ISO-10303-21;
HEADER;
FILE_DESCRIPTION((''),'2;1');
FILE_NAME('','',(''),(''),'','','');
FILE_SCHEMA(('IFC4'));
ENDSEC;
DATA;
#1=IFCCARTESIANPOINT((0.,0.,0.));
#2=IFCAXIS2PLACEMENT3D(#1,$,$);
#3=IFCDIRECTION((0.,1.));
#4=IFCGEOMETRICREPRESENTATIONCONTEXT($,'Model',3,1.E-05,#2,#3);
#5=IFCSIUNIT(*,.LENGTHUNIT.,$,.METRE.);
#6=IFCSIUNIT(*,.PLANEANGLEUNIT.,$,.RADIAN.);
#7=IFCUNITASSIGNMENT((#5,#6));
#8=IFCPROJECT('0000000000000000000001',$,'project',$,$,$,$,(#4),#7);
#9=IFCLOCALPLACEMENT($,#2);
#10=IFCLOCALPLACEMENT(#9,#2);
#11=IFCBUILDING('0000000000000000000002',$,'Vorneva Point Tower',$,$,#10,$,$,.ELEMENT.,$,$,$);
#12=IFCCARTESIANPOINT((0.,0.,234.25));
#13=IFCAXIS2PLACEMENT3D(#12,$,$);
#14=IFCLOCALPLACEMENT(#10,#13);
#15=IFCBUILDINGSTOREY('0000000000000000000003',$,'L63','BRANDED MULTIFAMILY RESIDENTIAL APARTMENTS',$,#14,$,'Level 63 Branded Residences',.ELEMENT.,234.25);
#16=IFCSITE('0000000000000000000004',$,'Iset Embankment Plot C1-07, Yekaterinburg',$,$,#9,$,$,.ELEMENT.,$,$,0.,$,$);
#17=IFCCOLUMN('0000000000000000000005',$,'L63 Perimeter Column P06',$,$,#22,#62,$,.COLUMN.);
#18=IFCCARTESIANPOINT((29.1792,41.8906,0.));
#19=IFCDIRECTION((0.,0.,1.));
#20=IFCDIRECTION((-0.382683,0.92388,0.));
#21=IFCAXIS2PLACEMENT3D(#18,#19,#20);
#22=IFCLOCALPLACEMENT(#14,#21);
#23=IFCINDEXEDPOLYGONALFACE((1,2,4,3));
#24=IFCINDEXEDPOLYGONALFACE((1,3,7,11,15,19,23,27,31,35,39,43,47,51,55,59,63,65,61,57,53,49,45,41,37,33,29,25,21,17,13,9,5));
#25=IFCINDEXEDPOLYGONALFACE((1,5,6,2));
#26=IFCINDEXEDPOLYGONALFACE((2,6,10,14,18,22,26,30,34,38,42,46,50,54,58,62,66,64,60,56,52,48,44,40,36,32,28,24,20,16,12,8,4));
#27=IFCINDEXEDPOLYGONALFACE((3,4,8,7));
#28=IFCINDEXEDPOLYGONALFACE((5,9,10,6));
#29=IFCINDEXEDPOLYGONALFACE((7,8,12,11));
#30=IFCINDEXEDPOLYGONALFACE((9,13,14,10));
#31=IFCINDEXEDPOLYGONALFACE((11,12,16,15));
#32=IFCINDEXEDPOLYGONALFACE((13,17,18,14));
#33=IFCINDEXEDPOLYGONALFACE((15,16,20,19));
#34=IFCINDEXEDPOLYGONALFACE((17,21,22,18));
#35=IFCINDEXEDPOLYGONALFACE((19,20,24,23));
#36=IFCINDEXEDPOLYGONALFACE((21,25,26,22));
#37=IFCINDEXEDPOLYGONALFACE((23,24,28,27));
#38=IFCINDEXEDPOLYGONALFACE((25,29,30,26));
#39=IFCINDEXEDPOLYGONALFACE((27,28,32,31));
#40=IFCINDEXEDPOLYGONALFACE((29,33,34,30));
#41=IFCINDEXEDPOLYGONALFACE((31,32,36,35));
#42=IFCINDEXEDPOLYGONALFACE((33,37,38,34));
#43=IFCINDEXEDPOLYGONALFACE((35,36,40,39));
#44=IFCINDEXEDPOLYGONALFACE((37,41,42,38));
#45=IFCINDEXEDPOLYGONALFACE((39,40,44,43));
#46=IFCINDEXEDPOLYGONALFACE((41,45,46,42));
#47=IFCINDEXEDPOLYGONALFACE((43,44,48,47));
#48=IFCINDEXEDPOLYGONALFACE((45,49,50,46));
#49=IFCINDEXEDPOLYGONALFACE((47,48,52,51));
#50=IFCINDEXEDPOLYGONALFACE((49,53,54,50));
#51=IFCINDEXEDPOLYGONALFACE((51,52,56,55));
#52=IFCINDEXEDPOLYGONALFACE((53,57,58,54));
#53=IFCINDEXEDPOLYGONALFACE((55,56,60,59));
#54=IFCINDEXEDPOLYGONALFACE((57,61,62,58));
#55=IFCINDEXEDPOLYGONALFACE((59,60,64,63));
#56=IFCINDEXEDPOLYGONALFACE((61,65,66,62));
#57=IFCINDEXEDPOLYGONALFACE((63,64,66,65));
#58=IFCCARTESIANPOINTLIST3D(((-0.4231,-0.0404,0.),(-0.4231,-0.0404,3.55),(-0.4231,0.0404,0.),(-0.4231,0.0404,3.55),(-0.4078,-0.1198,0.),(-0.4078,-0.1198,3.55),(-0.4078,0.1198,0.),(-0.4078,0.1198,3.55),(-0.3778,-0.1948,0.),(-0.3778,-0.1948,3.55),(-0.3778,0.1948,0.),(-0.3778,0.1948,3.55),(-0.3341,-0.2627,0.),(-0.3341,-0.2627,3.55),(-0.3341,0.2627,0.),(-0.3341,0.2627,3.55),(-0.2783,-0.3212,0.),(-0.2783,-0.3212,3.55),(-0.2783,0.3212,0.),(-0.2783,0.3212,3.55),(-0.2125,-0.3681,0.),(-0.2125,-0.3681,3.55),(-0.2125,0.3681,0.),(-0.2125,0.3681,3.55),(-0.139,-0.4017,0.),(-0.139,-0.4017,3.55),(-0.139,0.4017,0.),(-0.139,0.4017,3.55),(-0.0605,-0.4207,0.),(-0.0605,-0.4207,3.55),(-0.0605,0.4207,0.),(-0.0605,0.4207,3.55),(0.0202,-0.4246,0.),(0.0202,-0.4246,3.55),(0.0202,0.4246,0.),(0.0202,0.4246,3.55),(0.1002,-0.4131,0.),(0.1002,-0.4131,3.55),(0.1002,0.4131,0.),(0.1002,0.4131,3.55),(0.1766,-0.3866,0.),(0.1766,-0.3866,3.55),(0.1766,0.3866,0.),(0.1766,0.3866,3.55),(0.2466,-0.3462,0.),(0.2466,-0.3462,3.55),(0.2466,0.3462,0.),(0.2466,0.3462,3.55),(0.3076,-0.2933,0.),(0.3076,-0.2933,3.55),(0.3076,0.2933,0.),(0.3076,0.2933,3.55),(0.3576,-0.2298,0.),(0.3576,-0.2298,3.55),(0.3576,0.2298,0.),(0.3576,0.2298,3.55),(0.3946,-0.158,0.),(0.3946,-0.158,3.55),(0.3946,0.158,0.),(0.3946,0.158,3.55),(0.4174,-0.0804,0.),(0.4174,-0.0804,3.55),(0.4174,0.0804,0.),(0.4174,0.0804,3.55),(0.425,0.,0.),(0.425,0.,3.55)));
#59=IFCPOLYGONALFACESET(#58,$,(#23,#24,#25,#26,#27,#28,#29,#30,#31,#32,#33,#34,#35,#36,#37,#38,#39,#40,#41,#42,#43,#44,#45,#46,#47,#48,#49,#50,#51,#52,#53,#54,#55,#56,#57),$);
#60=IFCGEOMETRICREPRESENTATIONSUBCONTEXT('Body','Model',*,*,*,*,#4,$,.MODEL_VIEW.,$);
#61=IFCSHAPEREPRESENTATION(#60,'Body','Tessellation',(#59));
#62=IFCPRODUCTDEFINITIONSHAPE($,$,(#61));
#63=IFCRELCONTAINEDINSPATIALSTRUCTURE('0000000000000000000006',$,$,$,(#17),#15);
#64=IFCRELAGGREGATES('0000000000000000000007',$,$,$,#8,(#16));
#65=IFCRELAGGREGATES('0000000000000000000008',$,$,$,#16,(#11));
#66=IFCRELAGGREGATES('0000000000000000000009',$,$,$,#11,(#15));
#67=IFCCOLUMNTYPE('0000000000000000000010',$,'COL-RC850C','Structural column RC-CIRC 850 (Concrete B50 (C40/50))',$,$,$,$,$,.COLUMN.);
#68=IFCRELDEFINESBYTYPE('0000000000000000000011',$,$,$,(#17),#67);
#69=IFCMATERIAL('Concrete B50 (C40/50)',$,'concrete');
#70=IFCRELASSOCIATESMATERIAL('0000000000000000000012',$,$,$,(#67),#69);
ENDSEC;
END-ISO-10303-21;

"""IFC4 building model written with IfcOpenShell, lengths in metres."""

from ifc_helpers import new_model, si_unit, direction, frame, origin, origin_2d, place, context, subcontext, project, spatial, circle, extrude, material, material_profile, profile_set, type_object, element, save


model = new_model("IFC4")

# Units and contexts
model_context = context("Model", 3, precision=1e-05, world=origin(), true_north=direction((0.0, 1.0)))
body_context = subcontext(model_context, "Body", "Model", "MODEL_VIEW")
ifc_project = project(units=[si_unit("LENGTHUNIT", "METRE"), si_unit("PLANEANGLEUNIT", "RADIAN")], contexts=[model_context])

# Site, building, storey
site_placement = place(None, origin())
site = spatial("IfcSite", under=ifc_project, at=site_placement, Name="Iset Embankment Plot C1-07, Yekaterinburg", CompositionType="ELEMENT", RefElevation=0.0)
building_placement = place(site_placement, origin())
building = spatial("IfcBuilding", under=site, at=building_placement, Name="Vorneva Point Tower", CompositionType="ELEMENT")
storey_placement = place(building_placement, frame((0.0, 0.0, 234.25)))
storey = spatial("IfcBuildingStorey", under=building, at=storey_placement, Name="L63", Description="BRANDED MULTIFAMILY RESIDENTIAL APARTMENTS", LongName="Level 63 Branded Residences", CompositionType="ELEMENT", Elevation=234.25)

# Column
ifc_material_1 = material(Name="Concrete B50 (C40/50)", Category="concrete")
ifc_material_profile_1 = material_profile(ifc_material_1, circle(Radius=0.425, at=origin_2d()), Name="RC-CIRC 850")
ifc_profile_set_1 = profile_set([ifc_material_profile_1], Name="Concrete B50 (C40/50)")
column_type = type_object("IfcColumnType", Name="COL-RC850C", Description="Structural column RC-CIRC 850 (Concrete B50 (C40/50))", PredefinedType="COLUMN", material=ifc_profile_set_1)
column_placement = place(storey_placement, frame((29.1792, 41.8906, 0.0), z_axis=(0.0, 0.0, 1.0), x_axis=(-0.382683, 0.92388, 0.0)))
element("IfcColumn", 1, at=column_placement, inside=storey, type_object=column_type, Name="L63 Perimeter Column P06", PredefinedType="COLUMN", context=body_context, shape_type="SweptSolid", body=[
    extrude(circle(Radius=0.425, at=origin_2d()), origin(), (0.0, 0.0, 1.0), 3.55),
])

save(model, "model.ifc")
